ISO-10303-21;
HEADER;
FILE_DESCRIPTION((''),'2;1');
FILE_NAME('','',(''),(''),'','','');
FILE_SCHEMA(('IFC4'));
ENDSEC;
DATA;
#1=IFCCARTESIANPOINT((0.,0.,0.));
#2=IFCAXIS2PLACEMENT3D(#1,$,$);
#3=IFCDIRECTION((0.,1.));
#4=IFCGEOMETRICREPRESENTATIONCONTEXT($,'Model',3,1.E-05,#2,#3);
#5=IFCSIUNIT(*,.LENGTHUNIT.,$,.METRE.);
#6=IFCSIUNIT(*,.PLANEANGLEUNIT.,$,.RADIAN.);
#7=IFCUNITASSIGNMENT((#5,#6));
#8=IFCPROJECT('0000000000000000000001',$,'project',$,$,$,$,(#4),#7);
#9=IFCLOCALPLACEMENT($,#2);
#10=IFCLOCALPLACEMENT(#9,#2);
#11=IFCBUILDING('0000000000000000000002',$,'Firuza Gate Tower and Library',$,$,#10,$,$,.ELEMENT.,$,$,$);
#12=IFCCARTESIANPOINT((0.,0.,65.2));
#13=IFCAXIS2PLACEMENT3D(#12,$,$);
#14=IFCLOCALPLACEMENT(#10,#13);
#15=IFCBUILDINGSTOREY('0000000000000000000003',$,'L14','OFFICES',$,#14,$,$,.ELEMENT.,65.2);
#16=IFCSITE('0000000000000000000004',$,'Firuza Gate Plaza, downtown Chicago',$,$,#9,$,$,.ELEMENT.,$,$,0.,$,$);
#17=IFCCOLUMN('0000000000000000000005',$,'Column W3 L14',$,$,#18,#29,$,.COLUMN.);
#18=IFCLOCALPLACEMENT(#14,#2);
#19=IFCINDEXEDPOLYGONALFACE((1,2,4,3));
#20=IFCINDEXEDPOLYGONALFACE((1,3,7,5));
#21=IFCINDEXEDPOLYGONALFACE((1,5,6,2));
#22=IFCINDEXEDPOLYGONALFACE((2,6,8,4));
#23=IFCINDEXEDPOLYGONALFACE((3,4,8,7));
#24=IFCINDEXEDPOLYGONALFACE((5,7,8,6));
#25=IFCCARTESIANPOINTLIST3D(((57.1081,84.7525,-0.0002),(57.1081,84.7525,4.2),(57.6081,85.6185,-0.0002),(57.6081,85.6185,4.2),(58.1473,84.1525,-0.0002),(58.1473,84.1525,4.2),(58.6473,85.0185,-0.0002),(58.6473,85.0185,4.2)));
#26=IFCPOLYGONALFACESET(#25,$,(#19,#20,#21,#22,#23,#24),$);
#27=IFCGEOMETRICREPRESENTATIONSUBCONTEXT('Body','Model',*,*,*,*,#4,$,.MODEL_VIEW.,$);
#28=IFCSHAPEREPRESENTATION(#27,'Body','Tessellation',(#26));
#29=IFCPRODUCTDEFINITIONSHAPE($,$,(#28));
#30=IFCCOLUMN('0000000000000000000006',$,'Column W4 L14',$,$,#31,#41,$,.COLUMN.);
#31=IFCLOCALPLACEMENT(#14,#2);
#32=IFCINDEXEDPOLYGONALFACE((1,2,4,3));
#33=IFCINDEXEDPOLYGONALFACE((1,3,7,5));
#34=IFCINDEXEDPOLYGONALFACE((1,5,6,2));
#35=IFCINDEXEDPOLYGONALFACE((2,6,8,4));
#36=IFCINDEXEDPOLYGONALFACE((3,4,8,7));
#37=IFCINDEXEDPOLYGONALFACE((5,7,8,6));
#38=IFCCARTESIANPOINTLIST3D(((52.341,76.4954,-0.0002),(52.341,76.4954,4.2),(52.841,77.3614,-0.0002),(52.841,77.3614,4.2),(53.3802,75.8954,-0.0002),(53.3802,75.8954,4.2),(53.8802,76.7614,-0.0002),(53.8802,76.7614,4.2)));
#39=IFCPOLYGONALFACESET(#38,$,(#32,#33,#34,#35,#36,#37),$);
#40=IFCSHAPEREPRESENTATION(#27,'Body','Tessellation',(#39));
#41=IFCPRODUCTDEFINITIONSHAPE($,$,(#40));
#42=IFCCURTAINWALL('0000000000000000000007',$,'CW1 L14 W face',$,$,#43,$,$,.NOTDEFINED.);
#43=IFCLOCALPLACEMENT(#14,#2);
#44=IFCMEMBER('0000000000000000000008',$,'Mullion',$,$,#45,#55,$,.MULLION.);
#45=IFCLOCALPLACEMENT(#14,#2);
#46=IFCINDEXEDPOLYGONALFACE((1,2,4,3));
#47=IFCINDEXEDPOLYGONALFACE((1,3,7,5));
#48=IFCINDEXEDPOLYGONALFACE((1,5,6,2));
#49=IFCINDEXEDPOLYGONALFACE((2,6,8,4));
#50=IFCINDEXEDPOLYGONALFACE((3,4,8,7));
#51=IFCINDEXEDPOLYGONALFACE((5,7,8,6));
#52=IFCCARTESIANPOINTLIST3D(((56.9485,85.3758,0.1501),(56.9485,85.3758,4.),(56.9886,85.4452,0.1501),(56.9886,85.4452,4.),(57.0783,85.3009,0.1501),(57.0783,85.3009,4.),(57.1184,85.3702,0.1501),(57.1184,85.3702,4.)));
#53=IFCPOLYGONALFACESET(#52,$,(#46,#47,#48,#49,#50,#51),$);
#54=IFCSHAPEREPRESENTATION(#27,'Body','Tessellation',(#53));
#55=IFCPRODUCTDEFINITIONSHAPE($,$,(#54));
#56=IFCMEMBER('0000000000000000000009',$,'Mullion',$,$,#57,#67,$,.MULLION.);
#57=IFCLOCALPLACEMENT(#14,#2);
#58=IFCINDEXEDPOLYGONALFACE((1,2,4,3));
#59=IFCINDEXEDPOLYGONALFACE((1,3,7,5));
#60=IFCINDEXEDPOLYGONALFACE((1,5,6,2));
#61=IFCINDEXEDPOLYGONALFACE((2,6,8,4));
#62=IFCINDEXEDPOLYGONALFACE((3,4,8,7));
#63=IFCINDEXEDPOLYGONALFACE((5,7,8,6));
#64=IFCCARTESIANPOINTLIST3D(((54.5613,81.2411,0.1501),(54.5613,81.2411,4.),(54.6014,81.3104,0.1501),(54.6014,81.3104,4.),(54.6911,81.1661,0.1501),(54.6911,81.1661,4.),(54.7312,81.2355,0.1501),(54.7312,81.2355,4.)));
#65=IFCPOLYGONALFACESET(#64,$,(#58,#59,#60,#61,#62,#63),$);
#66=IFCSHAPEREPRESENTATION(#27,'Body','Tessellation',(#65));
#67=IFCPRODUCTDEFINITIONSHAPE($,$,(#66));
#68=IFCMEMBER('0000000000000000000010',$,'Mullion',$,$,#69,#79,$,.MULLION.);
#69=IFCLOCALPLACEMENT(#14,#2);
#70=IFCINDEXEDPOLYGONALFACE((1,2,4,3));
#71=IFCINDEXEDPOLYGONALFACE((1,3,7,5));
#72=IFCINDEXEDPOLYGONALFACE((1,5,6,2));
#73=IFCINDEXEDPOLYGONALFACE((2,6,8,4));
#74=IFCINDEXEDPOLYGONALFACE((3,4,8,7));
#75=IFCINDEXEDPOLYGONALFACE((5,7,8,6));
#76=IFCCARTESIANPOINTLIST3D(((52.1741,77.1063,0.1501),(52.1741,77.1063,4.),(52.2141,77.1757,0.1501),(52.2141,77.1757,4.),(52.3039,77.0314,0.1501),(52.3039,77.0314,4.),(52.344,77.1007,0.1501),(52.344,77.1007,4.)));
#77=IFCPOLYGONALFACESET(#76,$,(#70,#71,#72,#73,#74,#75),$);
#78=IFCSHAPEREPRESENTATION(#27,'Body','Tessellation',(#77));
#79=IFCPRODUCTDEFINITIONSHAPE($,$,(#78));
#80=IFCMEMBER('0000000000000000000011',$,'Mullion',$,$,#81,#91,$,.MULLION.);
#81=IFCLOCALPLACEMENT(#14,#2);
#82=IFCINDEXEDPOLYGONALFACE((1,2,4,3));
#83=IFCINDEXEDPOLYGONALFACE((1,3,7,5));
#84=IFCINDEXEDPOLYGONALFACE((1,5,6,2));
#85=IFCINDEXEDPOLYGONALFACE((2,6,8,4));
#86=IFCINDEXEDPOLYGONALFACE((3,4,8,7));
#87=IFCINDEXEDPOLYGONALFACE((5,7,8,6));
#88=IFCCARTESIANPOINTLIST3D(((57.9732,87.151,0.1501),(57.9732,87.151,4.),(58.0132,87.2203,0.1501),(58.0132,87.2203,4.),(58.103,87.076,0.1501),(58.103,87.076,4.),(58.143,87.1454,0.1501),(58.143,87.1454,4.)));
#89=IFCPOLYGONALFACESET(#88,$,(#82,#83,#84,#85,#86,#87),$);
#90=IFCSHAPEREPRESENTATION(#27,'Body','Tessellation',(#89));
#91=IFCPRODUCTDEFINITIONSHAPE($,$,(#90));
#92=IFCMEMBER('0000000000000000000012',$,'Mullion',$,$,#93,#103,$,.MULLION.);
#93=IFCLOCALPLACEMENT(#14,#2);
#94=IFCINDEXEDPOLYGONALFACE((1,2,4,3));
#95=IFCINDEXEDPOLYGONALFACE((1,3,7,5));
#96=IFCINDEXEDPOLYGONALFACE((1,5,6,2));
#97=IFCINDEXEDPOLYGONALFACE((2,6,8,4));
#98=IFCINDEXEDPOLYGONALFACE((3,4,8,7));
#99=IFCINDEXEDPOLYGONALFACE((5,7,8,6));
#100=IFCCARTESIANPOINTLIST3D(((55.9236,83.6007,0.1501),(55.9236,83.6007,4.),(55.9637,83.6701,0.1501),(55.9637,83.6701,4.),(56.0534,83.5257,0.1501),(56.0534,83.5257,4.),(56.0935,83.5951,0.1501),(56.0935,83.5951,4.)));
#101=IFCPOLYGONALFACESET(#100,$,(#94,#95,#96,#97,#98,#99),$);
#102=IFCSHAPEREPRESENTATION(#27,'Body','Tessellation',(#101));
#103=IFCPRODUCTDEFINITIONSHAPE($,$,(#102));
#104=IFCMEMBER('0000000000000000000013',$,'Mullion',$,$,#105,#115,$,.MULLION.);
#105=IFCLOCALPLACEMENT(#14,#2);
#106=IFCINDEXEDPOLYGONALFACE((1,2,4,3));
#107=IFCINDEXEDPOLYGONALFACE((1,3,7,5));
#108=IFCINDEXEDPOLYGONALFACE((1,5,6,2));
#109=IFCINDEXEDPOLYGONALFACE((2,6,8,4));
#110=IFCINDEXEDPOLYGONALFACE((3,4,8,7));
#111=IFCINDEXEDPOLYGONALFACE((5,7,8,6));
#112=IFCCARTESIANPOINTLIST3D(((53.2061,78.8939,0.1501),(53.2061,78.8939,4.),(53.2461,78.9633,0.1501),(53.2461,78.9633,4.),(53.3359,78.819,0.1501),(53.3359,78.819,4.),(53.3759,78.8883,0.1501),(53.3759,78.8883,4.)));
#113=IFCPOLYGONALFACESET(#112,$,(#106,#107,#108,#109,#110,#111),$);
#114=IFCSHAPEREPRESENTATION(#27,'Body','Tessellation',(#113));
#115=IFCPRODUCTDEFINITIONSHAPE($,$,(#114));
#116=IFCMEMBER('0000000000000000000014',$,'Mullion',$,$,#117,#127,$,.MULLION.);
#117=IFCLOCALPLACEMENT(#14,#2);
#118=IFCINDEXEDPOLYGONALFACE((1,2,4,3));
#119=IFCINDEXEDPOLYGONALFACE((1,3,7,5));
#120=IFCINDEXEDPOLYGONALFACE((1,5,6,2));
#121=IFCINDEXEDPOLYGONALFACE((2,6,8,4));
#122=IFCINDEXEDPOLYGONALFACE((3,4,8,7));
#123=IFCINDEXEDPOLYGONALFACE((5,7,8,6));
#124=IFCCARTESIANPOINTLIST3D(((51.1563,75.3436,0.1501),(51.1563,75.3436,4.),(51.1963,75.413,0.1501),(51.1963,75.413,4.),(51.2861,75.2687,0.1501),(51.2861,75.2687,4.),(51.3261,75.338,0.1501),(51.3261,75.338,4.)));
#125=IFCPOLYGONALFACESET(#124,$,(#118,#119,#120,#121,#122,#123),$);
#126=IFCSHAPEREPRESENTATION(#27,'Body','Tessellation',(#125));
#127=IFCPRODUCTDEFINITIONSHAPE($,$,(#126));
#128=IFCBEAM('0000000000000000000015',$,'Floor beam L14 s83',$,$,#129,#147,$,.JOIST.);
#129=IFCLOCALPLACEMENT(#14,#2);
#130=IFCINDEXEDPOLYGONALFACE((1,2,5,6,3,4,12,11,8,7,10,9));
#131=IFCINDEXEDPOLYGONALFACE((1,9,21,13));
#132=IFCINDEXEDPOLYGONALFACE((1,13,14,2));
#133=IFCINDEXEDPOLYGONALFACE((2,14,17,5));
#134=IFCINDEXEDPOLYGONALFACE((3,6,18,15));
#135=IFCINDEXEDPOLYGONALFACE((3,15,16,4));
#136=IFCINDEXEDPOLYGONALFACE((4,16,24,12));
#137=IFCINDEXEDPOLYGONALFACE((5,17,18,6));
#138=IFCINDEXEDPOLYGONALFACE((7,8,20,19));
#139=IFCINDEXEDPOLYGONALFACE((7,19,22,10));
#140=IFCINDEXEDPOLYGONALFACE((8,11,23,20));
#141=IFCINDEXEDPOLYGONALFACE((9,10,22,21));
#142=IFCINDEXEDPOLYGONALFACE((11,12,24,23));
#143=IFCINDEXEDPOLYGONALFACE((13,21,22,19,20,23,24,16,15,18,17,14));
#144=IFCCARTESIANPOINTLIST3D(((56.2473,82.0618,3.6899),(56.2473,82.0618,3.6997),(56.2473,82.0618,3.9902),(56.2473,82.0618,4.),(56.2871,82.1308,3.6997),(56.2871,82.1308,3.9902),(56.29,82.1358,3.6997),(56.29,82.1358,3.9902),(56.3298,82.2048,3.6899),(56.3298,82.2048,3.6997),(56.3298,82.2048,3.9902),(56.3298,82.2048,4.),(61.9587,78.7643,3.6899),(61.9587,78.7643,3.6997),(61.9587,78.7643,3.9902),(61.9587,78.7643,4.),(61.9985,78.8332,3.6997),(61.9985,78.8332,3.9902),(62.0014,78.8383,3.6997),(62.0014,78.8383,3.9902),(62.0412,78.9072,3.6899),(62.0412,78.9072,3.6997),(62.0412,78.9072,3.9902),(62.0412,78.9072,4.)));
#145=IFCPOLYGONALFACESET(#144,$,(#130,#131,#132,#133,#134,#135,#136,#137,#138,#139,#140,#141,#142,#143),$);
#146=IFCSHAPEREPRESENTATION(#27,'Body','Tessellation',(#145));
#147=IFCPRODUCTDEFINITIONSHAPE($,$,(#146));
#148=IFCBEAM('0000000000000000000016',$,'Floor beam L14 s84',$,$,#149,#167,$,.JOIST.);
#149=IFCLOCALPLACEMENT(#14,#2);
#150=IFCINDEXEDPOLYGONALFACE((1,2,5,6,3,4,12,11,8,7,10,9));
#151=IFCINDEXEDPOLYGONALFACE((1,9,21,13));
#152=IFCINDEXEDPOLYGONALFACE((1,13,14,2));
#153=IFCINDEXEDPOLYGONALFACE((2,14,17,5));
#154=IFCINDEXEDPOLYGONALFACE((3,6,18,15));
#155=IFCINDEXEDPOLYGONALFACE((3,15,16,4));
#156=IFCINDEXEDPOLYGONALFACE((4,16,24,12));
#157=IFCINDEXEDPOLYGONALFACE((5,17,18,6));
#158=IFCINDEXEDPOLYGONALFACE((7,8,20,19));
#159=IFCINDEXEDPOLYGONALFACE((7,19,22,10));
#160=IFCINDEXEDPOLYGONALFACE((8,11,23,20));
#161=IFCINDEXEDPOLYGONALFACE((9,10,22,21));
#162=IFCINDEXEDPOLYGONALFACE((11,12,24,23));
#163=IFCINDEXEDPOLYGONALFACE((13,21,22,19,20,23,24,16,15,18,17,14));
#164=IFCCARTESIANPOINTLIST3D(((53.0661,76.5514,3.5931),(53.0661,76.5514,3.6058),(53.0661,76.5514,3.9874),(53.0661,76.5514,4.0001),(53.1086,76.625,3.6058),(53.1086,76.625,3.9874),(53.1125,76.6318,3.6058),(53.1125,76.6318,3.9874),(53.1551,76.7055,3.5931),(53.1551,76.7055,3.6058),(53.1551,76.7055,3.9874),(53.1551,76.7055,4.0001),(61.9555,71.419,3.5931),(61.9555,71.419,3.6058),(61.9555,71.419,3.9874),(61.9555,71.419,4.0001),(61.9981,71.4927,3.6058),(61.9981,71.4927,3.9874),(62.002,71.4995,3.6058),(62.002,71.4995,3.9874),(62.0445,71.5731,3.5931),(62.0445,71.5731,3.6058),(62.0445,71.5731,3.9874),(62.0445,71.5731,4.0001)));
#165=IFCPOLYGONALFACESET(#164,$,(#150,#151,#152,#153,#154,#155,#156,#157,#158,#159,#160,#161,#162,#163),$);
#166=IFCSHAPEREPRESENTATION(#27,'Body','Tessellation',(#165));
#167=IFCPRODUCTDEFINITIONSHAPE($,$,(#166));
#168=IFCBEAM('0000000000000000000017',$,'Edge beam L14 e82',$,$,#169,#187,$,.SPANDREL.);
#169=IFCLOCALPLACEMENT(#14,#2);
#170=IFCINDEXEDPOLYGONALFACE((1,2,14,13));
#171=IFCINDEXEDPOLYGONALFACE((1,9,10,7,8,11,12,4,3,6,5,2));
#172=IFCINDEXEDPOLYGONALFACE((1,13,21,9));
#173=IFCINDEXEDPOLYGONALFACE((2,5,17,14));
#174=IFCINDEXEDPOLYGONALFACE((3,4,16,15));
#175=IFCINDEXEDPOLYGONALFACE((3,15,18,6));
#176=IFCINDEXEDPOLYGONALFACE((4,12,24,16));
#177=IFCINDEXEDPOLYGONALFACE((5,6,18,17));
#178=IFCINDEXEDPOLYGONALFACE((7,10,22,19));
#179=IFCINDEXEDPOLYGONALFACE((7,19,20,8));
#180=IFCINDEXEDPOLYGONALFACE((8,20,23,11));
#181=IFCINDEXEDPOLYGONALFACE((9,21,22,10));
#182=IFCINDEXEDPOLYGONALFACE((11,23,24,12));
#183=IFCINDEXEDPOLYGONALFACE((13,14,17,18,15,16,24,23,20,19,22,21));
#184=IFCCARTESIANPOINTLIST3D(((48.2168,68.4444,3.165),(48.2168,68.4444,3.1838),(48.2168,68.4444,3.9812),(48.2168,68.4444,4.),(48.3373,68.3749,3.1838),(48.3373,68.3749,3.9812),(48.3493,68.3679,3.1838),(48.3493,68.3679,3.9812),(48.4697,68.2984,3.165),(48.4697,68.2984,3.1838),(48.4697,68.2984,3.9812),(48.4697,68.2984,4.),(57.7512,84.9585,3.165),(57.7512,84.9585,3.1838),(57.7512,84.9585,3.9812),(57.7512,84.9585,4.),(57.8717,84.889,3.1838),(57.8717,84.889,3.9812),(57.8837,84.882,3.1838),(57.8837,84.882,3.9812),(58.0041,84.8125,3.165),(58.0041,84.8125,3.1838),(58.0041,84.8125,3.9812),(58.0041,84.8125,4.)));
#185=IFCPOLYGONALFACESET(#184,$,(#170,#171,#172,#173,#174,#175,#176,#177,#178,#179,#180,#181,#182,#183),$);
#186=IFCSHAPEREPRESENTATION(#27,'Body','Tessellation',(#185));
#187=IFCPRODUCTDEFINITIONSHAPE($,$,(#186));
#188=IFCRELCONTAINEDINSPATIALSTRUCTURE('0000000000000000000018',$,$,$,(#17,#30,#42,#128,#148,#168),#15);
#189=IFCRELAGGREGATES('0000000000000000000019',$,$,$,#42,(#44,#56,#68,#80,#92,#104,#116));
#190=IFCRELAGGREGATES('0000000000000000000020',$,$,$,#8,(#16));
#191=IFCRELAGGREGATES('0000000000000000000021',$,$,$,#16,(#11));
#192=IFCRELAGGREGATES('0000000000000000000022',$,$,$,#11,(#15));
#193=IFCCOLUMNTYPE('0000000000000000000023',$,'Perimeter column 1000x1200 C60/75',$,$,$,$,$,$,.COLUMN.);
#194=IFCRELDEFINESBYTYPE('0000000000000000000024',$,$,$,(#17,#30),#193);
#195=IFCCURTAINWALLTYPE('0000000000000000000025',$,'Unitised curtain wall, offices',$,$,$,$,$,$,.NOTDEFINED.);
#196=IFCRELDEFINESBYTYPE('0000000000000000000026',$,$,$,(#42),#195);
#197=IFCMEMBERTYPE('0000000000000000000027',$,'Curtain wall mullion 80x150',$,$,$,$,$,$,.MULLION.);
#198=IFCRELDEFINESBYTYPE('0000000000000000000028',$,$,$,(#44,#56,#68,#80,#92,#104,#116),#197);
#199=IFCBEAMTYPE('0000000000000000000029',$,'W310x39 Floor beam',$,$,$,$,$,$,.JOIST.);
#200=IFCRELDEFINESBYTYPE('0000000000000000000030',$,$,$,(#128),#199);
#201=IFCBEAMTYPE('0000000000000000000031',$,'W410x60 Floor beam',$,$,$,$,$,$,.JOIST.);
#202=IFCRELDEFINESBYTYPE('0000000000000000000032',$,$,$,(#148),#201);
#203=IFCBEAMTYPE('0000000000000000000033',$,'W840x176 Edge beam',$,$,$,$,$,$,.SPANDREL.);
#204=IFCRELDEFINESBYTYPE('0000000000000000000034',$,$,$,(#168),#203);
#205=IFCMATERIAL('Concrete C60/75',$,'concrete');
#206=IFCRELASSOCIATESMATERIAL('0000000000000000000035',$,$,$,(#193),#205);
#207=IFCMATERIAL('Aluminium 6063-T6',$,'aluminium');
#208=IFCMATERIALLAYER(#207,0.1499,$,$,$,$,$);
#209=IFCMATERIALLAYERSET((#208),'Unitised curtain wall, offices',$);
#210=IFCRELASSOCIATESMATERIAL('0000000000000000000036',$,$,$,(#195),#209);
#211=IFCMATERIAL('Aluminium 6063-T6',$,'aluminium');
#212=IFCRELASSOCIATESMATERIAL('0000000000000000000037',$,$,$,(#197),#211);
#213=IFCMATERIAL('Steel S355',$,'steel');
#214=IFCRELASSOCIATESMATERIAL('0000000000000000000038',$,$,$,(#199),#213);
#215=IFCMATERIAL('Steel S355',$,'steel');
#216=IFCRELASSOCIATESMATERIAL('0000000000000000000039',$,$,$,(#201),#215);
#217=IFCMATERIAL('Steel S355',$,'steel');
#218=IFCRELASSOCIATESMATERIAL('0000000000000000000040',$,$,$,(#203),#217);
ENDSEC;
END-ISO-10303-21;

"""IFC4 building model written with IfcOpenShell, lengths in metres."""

from ifc_helpers import new_model, si_unit, direction, frame, origin, origin_2d, place, context, subcontext, project, spatial, rectangle, i_section, extrude, material, layer, layer_set, material_profile, profile_set, type_object, element, aggregate, save


model = new_model("IFC4")

# Units and contexts
model_context = context("Model", 3, precision=1e-05, world=origin(), true_north=direction((0.0, 1.0)))
body_context = subcontext(model_context, "Body", "Model", "MODEL_VIEW")
ifc_project = project(units=[si_unit("LENGTHUNIT", "METRE"), si_unit("PLANEANGLEUNIT", "RADIAN")], contexts=[model_context])

# Site, building, storey
site_placement = place(None, origin())
site = spatial("IfcSite", under=ifc_project, at=site_placement, Name="Firuza Gate Plaza, downtown Chicago", CompositionType="ELEMENT", RefElevation=0.0)
building_placement = place(site_placement, origin())
building = spatial("IfcBuilding", under=site, at=building_placement, Name="Firuza Gate Tower and Library", CompositionType="ELEMENT")
storey_placement = place(building_placement, frame((0.0, 0.0, 65.2)))
storey = spatial("IfcBuildingStorey", under=building, at=storey_placement, Name="L14", Description="OFFICES", CompositionType="ELEMENT", Elevation=65.2)

# Columns
ifc_material_1 = material(Name="Concrete C60/75", Category="concrete")
ifc_material_profile_1 = material_profile(ifc_material_1, rectangle(XDim=1.0, YDim=1.2, at=origin_2d()))
ifc_profile_set_1 = profile_set([ifc_material_profile_1], Name="Concrete C60/75")
column_type = type_object("IfcColumnType", Name="Perimeter column 1000x1200 C60/75", PredefinedType="COLUMN", material=ifc_profile_set_1)
for number, where, z_axis, x_axis, name in (
    (1, (57.8777, 84.8855, -0.0002), (0.0, 0.0, 1.0), (-0.5, -0.866025, 0.0), "Column W3 L14"),
    (2, (53.1106, 76.6284, -0.0002), (0.0, 0.0, 1.0), (-0.5, -0.866025, 0.0), "Column W4 L14"),
):
    element("IfcColumn", number, at=place(storey_placement, frame(where, z_axis=z_axis, x_axis=x_axis)), inside=storey, type_object=column_type, Name=name, PredefinedType="COLUMN", context=body_context, shape_type="SweptSolid", body=[
        extrude(rectangle(XDim=1.0, YDim=1.2, at=origin_2d()), origin(), (0.0, 0.0, 1.0), 4.2002),
    ])

# Curtain wall, members
ifc_material_2 = material(Name="Aluminium 6063-T6", Category="aluminium")
ifc_layer_1 = layer(ifc_material_2, 0.1499)
ifc_layer_set_1 = layer_set([ifc_layer_1], Name="Unitised curtain wall, offices")
curtain_wall_type = type_object("IfcCurtainWallType", Name="Unitised curtain wall, offices", PredefinedType="NOTDEFINED", material=ifc_layer_set_1)
curtain_wall_placement = place(storey_placement, origin())
curtain_wall = element("IfcCurtainWall", 3, at=curtain_wall_placement, inside=storey, type_object=curtain_wall_type, Name="CW1 L14 W face", PredefinedType="NOTDEFINED")
ifc_material_3 = material(Name="Aluminium 6063-T6", Category="aluminium")
ifc_material_profile_2 = material_profile(ifc_material_3, rectangle(XDim=0.1499, YDim=0.0801, at=origin_2d()))
ifc_profile_set_2 = profile_set([ifc_material_profile_2], Name="Aluminium 6063-T6")
member_type = type_object("IfcMemberType", Name="Curtain wall mullion 80x150", PredefinedType="MULLION", material=ifc_profile_set_2)
member_1_placement = place(storey_placement, frame((57.0334, 85.373, 0.1501), z_axis=(0.0, 0.0, 1.0), x_axis=(0.866025, -0.5, 0.0)))
member_1 = element("IfcMember", 4, at=member_1_placement, type_object=member_type, Name="Mullion", PredefinedType="MULLION", context=body_context, shape_type="SweptSolid", body=[
    extrude(rectangle(XDim=0.1499, YDim=0.0801, at=origin_2d()), origin(), (0.0, 0.0, 1.0), 3.8499),
])
member_2_placement = place(storey_placement, frame((54.6462, 81.2383, 0.1501), z_axis=(0.0, 0.0, 1.0), x_axis=(0.866025, -0.5, 0.0)))
member_2 = element("IfcMember", 5, at=member_2_placement, type_object=member_type, Name="Mullion", PredefinedType="MULLION", context=body_context, shape_type="SweptSolid", body=[
    extrude(rectangle(XDim=0.1499, YDim=0.0801, at=origin_2d()), origin(), (0.0, 0.0, 1.0), 3.8499),
])
member_3_placement = place(storey_placement, frame((52.259, 77.1035, 0.1501), z_axis=(0.0, 0.0, 1.0), x_axis=(0.866025, -0.5, 0.0)))
member_3 = element("IfcMember", 6, at=member_3_placement, type_object=member_type, Name="Mullion", PredefinedType="MULLION", context=body_context, shape_type="SweptSolid", body=[
    extrude(rectangle(XDim=0.1499, YDim=0.0801, at=origin_2d()), origin(), (0.0, 0.0, 1.0), 3.8499),
])
member_4_placement = place(storey_placement, frame((58.0581, 87.1482, 0.1501), z_axis=(0.0, 0.0, 1.0), x_axis=(0.866025, -0.5, 0.0)))
member_4 = element("IfcMember", 7, at=member_4_placement, type_object=member_type, Name="Mullion", PredefinedType="MULLION", context=body_context, shape_type="SweptSolid", body=[
    extrude(rectangle(XDim=0.1499, YDim=0.0801, at=origin_2d()), origin(), (0.0, 0.0, 1.0), 3.8499),
])
member_5_placement = place(storey_placement, frame((56.0085, 83.5979, 0.1501), z_axis=(0.0, 0.0, 1.0), x_axis=(0.866025, -0.5, 0.0)))
member_5 = element("IfcMember", 8, at=member_5_placement, type_object=member_type, Name="Mullion", PredefinedType="MULLION", context=body_context, shape_type="SweptSolid", body=[
    extrude(rectangle(XDim=0.1499, YDim=0.0801, at=origin_2d()), origin(), (0.0, 0.0, 1.0), 3.8499),
])
member_6_placement = place(storey_placement, frame((53.291, 78.8911, 0.1501), z_axis=(0.0, 0.0, 1.0), x_axis=(0.866025, -0.5, 0.0)))
member_6 = element("IfcMember", 9, at=member_6_placement, type_object=member_type, Name="Mullion", PredefinedType="MULLION", context=body_context, shape_type="SweptSolid", body=[
    extrude(rectangle(XDim=0.1499, YDim=0.0801, at=origin_2d()), origin(), (0.0, 0.0, 1.0), 3.8499),
])
member_7_placement = place(storey_placement, frame((51.2412, 75.3408, 0.1501), z_axis=(0.0, 0.0, 1.0), x_axis=(0.866025, -0.5, 0.0)))
member_7 = element("IfcMember", 10, at=member_7_placement, type_object=member_type, Name="Mullion", PredefinedType="MULLION", context=body_context, shape_type="SweptSolid", body=[
    extrude(rectangle(XDim=0.1499, YDim=0.0801, at=origin_2d()), origin(), (0.0, 0.0, 1.0), 3.8499),
])

# Beams
ifc_material_4 = material(Name="Steel S355", Category="steel")
ifc_material_profile_3 = material_profile(ifc_material_4, i_section(OverallWidth=0.165, OverallDepth=0.3101, WebThickness=0.0059, FlangeThickness=0.0098, at=origin_2d()))
ifc_profile_set_3 = profile_set([ifc_material_profile_3], Name="Steel S355")
beam_type_1 = type_object("IfcBeamType", Name="W310x39 Floor beam", PredefinedType="JOIST", material=ifc_profile_set_3)
beam_1_placement = place(storey_placement, frame((56.2886, 82.1333, 3.845), z_axis=(0.866018, -0.500013, 0.0), x_axis=(0.500013, 0.866018, 0.0)))
element("IfcBeam", 11, at=beam_1_placement, inside=storey, type_object=beam_type_1, Name="Floor beam L14 s83", PredefinedType="JOIST", context=body_context, shape_type="SweptSolid", body=[
    extrude(i_section(OverallWidth=0.165, OverallDepth=0.3101, WebThickness=0.0059, FlangeThickness=0.0098, at=origin_2d()), origin(), (0.0, 0.0, 1.0), 6.595),
])
ifc_material_5 = material(Name="Steel S355", Category="steel")
ifc_material_profile_4 = material_profile(ifc_material_5, i_section(OverallWidth=0.178, OverallDepth=0.407, WebThickness=0.0078, FlangeThickness=0.0127, at=origin_2d()))
ifc_profile_set_4 = profile_set([ifc_material_profile_4], Name="Steel S355")
beam_type_2 = type_object("IfcBeamType", Name="W410x60 Floor beam", PredefinedType="JOIST", material=ifc_profile_set_4)
beam_2_placement = place(storey_placement, frame((53.1106, 76.6284, 3.7966), z_axis=(0.866024, -0.500002, 0.0), x_axis=(0.500002, 0.866024, 0.0)))
element("IfcBeam", 12, at=beam_2_placement, inside=storey, type_object=beam_type_2, Name="Floor beam L14 s84", PredefinedType="JOIST", context=body_context, shape_type="SweptSolid", body=[
    extrude(i_section(OverallWidth=0.178, OverallDepth=0.407, WebThickness=0.0078, FlangeThickness=0.0127, at=origin_2d()), origin(), (0.0, 0.0, 1.0), 10.2646),
])
ifc_material_6 = material(Name="Steel S355", Category="steel")
ifc_material_profile_5 = material_profile(ifc_material_6, i_section(OverallWidth=0.292, OverallDepth=0.835, WebThickness=0.0139, FlangeThickness=0.0188, at=origin_2d()))
ifc_profile_set_5 = profile_set([ifc_material_profile_5], Name="Steel S355")
beam_type_3 = type_object("IfcBeamType", Name="W840x176 Edge beam", PredefinedType="SPANDREL", material=ifc_profile_set_5)
beam_3_placement = place(storey_placement, frame((57.8777, 84.8855, 3.5825), z_axis=(-0.499999, -0.866026, 0.0), x_axis=(0.866026, -0.499999, 0.0)))
element("IfcBeam", 13, at=beam_3_placement, inside=storey, type_object=beam_type_3, Name="Edge beam L14 e82", PredefinedType="SPANDREL", context=body_context, shape_type="SweptSolid", body=[
    extrude(i_section(OverallWidth=0.292, OverallDepth=0.835, WebThickness=0.0139, FlangeThickness=0.0188, at=origin_2d()), origin(), (0.0, 0.0, 1.0), 19.0688),
])

aggregate(curtain_wall, [member_1, member_2, member_3, member_4, member_5, member_6, member_7])

save(model, "model.ifc")
